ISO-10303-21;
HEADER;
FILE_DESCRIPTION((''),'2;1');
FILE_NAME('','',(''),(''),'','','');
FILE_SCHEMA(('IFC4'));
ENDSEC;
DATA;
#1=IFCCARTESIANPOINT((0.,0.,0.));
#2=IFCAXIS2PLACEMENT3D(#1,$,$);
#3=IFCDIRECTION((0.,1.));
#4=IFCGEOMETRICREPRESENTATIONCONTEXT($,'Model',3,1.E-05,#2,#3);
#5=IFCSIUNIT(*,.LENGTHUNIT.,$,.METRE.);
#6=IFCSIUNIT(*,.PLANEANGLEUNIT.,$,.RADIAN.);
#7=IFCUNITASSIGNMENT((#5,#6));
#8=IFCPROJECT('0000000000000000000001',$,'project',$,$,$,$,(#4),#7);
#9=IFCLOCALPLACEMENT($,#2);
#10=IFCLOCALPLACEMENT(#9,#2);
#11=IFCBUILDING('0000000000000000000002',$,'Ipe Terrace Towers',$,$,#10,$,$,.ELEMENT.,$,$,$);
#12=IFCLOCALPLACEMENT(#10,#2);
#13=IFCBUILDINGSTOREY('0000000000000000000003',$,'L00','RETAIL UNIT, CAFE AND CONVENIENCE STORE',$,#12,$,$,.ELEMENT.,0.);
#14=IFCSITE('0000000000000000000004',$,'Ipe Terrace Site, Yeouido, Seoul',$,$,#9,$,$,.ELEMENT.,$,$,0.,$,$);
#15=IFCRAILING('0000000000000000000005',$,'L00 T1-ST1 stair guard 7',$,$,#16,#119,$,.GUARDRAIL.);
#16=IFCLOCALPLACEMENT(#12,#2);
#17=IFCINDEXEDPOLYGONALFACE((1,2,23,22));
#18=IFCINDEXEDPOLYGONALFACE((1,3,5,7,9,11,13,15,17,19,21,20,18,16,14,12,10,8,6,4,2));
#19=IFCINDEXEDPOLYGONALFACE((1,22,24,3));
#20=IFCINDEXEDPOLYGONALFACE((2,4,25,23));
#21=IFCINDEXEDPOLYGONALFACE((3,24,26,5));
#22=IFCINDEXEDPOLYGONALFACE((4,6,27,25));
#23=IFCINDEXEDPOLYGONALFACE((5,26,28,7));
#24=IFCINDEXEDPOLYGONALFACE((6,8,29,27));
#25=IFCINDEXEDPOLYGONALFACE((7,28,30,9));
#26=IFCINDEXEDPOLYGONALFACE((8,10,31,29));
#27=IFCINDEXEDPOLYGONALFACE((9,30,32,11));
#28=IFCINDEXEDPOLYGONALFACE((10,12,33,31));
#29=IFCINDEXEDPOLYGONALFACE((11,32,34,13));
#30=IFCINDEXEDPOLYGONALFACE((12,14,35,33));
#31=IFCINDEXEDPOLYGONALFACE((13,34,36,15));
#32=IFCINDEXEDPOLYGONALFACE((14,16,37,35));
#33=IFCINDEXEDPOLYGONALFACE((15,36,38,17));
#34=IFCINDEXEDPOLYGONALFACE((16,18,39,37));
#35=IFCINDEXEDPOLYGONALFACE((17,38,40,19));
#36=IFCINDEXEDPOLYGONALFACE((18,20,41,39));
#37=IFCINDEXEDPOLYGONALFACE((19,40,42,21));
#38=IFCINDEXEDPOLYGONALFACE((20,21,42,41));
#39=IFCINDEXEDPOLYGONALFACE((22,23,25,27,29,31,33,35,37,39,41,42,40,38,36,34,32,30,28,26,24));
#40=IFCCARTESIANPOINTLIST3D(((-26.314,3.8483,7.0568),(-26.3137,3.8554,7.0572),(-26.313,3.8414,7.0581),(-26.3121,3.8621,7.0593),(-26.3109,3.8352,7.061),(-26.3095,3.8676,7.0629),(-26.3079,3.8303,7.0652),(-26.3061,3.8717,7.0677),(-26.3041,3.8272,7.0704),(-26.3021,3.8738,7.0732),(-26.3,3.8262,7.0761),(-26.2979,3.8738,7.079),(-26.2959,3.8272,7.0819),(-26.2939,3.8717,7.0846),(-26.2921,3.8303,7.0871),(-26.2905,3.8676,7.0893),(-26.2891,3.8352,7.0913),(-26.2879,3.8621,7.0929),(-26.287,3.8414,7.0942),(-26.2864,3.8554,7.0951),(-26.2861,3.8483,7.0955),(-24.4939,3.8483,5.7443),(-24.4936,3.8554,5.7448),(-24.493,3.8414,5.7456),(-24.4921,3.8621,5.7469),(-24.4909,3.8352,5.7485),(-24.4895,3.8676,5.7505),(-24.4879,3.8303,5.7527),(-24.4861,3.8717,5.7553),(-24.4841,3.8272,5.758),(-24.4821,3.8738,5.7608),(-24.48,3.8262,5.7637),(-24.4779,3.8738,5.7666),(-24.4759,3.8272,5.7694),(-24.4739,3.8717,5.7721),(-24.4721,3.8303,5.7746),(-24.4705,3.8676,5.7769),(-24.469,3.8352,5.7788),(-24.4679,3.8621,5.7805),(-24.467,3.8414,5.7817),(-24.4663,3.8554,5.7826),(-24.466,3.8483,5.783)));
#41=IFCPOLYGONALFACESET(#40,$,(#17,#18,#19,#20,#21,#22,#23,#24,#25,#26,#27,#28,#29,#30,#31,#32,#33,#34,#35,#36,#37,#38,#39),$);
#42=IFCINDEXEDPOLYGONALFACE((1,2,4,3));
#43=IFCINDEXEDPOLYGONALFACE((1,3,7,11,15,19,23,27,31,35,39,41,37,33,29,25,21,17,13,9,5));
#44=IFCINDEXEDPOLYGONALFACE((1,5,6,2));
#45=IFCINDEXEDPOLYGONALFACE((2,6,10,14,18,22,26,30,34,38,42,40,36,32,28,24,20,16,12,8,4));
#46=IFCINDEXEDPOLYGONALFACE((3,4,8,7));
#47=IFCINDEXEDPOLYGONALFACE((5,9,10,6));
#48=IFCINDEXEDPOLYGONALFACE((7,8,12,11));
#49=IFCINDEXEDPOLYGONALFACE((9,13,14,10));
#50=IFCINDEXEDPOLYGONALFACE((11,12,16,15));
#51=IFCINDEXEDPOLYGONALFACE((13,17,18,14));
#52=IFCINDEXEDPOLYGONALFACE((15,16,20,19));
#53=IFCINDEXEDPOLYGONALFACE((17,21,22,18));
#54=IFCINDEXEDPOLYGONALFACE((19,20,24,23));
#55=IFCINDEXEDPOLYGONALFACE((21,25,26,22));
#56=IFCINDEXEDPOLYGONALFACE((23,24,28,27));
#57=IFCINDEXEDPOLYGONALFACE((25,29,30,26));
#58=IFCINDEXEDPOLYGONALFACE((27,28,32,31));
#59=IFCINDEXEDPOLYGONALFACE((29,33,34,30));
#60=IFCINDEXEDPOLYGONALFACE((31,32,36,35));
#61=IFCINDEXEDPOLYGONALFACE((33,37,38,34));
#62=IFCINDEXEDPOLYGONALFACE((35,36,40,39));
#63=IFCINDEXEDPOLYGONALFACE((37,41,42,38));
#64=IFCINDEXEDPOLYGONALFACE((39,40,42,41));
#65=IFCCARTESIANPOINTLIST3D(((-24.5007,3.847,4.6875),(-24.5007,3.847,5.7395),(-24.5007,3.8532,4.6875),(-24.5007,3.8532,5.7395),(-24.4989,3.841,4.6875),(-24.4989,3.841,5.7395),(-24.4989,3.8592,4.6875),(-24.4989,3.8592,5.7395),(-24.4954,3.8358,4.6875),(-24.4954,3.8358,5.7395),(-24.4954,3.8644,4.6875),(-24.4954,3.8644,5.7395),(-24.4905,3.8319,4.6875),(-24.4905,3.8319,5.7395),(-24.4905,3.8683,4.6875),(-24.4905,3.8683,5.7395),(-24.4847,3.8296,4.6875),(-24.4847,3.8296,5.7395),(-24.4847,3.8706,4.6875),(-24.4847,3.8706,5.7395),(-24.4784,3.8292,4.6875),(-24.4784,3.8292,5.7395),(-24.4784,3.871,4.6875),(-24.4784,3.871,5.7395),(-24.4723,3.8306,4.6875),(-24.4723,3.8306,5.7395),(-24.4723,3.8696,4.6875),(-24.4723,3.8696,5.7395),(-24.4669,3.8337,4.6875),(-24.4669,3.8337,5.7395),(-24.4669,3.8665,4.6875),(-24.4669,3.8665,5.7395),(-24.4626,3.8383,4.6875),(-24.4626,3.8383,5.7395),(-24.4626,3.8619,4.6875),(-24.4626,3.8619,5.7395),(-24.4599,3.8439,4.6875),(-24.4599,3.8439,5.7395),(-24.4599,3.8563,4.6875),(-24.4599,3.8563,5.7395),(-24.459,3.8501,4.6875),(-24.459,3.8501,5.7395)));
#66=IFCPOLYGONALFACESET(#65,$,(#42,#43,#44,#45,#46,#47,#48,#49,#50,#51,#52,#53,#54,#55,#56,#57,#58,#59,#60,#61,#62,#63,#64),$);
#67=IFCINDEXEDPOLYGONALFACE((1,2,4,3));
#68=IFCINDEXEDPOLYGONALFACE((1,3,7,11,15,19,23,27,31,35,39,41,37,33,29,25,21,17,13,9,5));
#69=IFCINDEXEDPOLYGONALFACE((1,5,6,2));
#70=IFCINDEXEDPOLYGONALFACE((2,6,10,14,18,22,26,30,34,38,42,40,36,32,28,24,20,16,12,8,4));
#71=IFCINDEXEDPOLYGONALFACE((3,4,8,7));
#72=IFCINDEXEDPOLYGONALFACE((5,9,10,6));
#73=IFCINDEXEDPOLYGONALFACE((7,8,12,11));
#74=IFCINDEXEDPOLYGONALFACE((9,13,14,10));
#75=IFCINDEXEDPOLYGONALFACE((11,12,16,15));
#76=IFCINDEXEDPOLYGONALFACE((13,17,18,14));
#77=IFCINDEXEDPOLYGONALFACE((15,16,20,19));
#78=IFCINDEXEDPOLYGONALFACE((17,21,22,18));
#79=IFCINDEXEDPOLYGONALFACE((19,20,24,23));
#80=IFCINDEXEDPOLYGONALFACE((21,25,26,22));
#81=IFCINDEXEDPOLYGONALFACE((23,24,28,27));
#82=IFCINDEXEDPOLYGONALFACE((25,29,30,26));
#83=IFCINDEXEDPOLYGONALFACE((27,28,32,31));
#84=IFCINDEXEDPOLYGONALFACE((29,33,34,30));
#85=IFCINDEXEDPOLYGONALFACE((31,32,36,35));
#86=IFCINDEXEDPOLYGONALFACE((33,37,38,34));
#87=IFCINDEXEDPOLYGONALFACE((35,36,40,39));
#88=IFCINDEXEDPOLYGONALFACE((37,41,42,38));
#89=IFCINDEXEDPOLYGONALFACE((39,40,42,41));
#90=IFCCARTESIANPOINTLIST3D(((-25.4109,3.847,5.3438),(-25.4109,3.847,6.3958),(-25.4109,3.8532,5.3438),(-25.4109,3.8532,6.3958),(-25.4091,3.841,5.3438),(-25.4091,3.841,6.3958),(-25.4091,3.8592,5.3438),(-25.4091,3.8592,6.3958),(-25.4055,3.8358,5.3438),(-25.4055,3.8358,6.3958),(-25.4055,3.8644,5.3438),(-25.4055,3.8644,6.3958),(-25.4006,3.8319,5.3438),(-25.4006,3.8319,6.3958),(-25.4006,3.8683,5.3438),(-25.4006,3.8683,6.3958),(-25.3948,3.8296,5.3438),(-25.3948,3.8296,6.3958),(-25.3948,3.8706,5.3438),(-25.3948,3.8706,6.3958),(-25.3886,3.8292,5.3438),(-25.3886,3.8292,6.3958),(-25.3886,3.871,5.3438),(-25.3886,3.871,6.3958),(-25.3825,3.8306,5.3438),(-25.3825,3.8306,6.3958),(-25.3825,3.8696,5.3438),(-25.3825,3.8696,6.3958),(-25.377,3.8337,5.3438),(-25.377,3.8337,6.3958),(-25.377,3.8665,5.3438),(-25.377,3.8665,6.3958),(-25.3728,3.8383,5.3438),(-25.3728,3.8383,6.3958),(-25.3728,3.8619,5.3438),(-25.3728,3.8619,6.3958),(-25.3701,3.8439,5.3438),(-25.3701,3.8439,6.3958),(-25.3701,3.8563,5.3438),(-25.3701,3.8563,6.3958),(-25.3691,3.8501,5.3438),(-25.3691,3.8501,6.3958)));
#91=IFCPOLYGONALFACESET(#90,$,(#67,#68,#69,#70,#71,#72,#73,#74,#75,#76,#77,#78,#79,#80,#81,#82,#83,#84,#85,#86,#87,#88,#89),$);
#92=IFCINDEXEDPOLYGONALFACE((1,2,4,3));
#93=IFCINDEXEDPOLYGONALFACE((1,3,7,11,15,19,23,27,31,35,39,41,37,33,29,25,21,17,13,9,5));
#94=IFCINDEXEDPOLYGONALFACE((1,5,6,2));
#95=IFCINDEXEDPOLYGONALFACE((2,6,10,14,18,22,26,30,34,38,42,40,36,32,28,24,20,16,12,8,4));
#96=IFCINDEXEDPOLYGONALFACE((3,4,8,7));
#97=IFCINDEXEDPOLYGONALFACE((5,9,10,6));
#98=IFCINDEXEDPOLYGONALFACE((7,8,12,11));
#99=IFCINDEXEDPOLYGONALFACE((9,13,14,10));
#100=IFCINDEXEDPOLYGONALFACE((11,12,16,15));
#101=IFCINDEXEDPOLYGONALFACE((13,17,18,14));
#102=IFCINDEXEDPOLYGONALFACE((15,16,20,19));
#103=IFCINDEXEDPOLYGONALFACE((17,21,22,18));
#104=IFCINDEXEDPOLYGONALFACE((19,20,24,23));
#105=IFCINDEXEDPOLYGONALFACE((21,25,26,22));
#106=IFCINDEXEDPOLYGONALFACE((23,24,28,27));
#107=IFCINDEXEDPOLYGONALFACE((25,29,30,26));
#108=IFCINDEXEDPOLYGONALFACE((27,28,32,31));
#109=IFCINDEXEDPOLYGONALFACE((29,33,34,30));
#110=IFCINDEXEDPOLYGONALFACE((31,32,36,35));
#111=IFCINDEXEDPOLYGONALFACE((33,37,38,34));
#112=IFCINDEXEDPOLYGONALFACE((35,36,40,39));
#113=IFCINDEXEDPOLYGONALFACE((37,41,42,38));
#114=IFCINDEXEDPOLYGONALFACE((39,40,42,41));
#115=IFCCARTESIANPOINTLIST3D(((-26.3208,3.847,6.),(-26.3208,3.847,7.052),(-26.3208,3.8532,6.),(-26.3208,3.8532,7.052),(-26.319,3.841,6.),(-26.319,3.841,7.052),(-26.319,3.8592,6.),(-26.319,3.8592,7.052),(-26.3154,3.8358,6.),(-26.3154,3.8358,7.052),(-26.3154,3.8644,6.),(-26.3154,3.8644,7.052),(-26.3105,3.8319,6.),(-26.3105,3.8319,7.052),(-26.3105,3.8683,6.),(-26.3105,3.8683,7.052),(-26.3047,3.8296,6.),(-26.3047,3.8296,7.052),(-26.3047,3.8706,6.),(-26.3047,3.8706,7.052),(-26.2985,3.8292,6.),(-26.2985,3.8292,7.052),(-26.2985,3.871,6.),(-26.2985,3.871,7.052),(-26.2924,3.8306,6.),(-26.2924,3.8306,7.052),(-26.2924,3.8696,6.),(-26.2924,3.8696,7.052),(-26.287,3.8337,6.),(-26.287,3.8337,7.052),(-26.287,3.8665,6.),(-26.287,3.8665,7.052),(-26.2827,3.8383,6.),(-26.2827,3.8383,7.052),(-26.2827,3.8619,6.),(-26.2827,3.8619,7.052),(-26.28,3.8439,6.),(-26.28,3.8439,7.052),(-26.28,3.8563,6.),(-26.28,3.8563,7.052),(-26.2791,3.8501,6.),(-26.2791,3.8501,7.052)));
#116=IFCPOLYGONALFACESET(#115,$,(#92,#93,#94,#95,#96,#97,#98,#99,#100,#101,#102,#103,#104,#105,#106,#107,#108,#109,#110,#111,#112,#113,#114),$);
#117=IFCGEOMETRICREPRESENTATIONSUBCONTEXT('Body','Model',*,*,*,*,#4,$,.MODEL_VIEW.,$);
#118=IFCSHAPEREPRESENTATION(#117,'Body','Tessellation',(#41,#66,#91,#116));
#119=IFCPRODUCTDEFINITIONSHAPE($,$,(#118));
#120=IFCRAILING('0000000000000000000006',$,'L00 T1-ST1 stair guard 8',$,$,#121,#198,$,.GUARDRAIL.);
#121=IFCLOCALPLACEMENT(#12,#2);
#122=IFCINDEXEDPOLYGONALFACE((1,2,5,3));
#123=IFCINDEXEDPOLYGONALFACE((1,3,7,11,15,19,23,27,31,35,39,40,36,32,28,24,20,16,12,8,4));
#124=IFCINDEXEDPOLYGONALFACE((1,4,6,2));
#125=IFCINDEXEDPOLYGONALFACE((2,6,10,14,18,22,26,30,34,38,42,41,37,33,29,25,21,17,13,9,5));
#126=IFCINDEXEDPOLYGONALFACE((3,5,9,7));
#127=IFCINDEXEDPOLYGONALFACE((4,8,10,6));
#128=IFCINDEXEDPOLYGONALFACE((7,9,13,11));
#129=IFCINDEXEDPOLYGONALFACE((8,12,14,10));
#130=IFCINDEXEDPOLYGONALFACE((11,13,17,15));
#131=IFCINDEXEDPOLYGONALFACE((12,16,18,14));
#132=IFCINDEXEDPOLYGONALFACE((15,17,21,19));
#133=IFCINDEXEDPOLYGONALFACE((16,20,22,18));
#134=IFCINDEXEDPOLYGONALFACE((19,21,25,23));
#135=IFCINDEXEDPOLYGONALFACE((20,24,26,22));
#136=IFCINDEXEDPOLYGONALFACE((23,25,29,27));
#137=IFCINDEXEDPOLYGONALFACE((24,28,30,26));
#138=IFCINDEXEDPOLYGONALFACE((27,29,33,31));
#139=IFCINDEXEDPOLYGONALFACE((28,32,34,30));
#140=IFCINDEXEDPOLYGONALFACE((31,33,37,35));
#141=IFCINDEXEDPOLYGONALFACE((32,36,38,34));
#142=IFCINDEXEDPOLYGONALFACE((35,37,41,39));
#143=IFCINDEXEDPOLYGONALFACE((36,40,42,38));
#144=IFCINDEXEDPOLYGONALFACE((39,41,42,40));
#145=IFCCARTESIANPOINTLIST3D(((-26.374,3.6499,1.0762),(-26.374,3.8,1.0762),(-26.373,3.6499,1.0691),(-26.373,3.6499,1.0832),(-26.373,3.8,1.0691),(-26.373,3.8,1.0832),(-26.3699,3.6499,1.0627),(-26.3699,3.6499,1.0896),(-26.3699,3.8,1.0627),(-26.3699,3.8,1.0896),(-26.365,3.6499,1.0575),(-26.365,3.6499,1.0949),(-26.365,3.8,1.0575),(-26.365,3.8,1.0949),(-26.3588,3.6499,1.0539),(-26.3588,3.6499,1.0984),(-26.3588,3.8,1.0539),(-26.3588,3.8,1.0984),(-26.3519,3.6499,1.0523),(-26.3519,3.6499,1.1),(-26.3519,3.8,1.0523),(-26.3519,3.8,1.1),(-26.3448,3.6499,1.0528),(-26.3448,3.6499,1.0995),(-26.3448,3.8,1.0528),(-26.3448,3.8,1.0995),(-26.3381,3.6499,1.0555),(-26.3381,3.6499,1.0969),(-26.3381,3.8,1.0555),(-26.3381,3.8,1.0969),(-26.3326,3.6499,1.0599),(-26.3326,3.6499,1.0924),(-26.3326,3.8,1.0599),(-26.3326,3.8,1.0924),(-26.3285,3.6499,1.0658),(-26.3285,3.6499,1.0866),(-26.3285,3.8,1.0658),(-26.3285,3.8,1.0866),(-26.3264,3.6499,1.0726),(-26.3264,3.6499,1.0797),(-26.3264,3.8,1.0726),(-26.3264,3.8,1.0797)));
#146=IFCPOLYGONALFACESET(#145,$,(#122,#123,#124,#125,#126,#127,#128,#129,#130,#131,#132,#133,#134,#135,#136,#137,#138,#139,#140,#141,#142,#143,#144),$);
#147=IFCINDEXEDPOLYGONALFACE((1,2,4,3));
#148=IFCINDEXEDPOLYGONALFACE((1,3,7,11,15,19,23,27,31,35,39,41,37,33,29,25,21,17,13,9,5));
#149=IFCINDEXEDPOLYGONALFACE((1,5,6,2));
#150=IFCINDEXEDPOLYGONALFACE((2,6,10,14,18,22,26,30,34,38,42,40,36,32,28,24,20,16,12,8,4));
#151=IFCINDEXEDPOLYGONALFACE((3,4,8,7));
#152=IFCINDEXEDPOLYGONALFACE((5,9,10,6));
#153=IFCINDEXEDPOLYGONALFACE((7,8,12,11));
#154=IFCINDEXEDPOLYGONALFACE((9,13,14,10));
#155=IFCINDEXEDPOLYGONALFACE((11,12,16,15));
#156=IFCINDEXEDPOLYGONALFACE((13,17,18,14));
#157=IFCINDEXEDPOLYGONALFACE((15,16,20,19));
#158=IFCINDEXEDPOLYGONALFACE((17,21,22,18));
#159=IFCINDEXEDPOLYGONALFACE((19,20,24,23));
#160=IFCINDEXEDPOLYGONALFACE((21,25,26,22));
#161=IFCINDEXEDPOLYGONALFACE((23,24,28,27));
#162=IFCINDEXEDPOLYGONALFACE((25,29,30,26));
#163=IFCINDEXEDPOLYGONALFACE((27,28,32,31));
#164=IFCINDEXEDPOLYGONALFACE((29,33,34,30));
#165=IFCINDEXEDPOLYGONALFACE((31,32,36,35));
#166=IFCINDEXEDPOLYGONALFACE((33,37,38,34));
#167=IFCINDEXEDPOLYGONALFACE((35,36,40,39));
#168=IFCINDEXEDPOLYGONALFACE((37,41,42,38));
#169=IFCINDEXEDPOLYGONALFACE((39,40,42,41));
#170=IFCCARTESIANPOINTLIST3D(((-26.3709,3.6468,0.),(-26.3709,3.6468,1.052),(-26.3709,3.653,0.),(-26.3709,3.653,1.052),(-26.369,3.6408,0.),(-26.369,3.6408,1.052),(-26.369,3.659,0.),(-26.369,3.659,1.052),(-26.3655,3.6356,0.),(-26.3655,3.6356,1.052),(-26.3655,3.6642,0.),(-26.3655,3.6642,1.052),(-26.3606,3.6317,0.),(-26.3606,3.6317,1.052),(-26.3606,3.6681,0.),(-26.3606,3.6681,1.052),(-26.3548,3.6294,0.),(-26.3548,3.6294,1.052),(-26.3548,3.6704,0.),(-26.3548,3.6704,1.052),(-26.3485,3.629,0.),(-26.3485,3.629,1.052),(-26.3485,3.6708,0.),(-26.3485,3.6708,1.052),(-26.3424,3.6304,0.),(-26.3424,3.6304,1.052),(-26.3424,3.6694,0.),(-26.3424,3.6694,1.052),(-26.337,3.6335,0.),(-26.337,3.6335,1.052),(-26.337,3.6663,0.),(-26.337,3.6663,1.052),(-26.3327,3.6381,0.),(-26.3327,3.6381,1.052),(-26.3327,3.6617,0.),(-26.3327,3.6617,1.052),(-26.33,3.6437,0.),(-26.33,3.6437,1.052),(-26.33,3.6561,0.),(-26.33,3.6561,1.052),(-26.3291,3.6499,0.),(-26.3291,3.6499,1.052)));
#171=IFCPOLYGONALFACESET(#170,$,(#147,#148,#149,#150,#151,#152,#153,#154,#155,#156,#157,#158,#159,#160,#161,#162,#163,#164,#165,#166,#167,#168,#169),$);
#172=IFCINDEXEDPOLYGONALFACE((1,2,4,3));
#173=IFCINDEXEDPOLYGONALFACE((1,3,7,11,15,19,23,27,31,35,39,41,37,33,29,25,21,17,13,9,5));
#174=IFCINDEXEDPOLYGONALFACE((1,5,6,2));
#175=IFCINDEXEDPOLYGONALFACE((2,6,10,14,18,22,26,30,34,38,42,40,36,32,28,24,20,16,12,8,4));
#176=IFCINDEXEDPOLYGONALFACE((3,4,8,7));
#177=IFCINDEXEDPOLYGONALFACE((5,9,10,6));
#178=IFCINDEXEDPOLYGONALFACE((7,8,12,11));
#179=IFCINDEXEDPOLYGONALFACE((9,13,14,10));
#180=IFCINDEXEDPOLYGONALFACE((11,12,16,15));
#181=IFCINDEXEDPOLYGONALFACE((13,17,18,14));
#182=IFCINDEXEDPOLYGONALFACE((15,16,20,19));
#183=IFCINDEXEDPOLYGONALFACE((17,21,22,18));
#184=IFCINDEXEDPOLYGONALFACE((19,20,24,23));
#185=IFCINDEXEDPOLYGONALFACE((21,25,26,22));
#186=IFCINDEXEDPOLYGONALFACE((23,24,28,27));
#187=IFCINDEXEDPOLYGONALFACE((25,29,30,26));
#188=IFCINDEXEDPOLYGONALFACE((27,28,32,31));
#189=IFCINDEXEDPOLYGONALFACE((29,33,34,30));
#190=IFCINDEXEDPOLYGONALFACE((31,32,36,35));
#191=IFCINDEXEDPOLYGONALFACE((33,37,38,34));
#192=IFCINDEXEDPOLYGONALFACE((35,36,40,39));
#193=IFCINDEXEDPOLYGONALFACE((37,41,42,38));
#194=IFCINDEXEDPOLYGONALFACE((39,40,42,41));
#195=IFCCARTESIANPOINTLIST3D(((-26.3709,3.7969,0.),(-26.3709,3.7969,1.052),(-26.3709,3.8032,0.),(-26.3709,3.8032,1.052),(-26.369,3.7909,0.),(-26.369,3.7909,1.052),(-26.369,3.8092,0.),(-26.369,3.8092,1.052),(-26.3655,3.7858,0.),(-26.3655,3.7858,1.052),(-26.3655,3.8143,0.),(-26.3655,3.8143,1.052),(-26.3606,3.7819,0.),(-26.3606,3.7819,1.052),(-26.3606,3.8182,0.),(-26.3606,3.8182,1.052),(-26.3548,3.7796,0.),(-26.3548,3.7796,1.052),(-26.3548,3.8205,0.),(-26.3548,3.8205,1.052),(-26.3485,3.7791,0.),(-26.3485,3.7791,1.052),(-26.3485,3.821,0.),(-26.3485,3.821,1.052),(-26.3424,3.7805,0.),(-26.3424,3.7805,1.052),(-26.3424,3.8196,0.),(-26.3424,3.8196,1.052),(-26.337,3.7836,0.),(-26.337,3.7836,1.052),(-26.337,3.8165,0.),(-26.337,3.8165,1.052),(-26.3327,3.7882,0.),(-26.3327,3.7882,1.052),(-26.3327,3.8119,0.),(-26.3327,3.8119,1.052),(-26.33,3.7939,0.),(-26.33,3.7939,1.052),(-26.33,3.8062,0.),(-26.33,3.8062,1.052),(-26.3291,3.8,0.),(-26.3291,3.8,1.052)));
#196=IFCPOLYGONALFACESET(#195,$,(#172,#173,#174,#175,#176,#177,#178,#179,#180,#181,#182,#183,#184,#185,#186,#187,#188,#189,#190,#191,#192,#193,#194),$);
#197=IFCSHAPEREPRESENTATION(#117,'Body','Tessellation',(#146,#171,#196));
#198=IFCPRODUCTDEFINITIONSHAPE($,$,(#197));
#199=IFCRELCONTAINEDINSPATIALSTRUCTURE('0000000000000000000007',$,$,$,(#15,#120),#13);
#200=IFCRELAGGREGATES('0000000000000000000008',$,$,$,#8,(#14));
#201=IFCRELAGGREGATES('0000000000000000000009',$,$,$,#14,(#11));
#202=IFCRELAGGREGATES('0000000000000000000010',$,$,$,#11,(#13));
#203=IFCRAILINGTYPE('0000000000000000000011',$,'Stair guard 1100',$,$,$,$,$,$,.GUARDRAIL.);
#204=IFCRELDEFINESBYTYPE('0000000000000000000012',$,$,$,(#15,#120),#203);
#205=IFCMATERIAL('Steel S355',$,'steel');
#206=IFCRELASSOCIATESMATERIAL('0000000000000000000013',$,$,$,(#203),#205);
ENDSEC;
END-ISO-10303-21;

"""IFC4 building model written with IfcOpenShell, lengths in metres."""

from ifc_helpers import new_model, si_unit, direction, frame, origin, origin_2d, place, context, subcontext, project, spatial, circle, extrude, material, type_object, element, save


model = new_model("IFC4")

# Units and contexts
model_context = context("Model", 3, precision=1e-05, world=origin(), true_north=direction((0.0, 1.0)))
body_context = subcontext(model_context, "Body", "Model", "MODEL_VIEW")
ifc_project = project(units=[si_unit("LENGTHUNIT", "METRE"), si_unit("PLANEANGLEUNIT", "RADIAN")], contexts=[model_context])

# Site, building, storey
site_placement = place(None, origin())
site = spatial("IfcSite", under=ifc_project, at=site_placement, Name="Ipe Terrace Site, Yeouido, Seoul", CompositionType="ELEMENT", RefElevation=0.0)
building_placement = place(site_placement, origin())
building = spatial("IfcBuilding", under=site, at=building_placement, Name="Ipe Terrace Towers", CompositionType="ELEMENT")
storey_placement = place(building_placement, origin())
storey = spatial("IfcBuildingStorey", under=building, at=storey_placement, Name="L00", Description="RETAIL UNIT, CAFE AND CONVENIENCE STORE", CompositionType="ELEMENT", Elevation=0.0)

# Railings
ifc_material_1 = material(Name="Steel S355", Category="steel")
railing_type_1 = type_object("IfcRailingType", Name="Stair guard 1100", PredefinedType="GUARDRAIL", material=ifc_material_1)
railing_1_placement = place(storey_placement, frame((-24.48, 3.8501, 4.6875)))
element("IfcRailing", 1, at=railing_1_placement, inside=storey, type_object=railing_type_1, Name="L00 T1-ST1 stair guard 7", PredefinedType="GUARDRAIL", context=body_context, shape_type="SweptSolid", body=[
    extrude(circle(Radius=0.0239, at=origin_2d()), frame((0.0, 0.0, 1.0762), z_axis=(-0.811101, 0.0, 0.584906), x_axis=(0.0, -1.0, 0.0)), (0.0, 0.0, 1.0), 2.2439),
    extrude(circle(Radius=0.021, at=origin_2d()), origin(), (0.0, 0.0, 1.0), 1.052),
    extrude(circle(Radius=0.021, at=origin_2d()), frame((-0.9102, 0.0, 0.6562)), (0.0, 0.0, 1.0), 1.052),
    extrude(circle(Radius=0.021, at=origin_2d()), frame((-1.8201, 0.0, 1.3125)), (0.0, 0.0, 1.0), 1.052),
])
railing_2_placement = place(storey_placement, frame((-26.3501, 3.6499, 0.0)))
element("IfcRailing", 2, at=railing_2_placement, inside=storey, type_object=railing_type_1, Name="L00 T1-ST1 stair guard 8", PredefinedType="GUARDRAIL", context=body_context, shape_type="SweptSolid", body=[
    extrude(circle(Radius=0.0239, at=origin_2d()), frame((0.0, 0.0, 1.0762), z_axis=(0.0, 1.0, 0.0), x_axis=(-1.0, 0.0, 0.0)), (0.0, 0.0, 1.0), 0.1501),
    extrude(circle(Radius=0.021, at=origin_2d()), origin(), (0.0, 0.0, 1.0), 1.052),
    extrude(circle(Radius=0.021, at=origin_2d()), frame((0.0, 0.1501, 0.0)), (0.0, 0.0, 1.0), 1.052),
])

save(model, "model.ifc")
